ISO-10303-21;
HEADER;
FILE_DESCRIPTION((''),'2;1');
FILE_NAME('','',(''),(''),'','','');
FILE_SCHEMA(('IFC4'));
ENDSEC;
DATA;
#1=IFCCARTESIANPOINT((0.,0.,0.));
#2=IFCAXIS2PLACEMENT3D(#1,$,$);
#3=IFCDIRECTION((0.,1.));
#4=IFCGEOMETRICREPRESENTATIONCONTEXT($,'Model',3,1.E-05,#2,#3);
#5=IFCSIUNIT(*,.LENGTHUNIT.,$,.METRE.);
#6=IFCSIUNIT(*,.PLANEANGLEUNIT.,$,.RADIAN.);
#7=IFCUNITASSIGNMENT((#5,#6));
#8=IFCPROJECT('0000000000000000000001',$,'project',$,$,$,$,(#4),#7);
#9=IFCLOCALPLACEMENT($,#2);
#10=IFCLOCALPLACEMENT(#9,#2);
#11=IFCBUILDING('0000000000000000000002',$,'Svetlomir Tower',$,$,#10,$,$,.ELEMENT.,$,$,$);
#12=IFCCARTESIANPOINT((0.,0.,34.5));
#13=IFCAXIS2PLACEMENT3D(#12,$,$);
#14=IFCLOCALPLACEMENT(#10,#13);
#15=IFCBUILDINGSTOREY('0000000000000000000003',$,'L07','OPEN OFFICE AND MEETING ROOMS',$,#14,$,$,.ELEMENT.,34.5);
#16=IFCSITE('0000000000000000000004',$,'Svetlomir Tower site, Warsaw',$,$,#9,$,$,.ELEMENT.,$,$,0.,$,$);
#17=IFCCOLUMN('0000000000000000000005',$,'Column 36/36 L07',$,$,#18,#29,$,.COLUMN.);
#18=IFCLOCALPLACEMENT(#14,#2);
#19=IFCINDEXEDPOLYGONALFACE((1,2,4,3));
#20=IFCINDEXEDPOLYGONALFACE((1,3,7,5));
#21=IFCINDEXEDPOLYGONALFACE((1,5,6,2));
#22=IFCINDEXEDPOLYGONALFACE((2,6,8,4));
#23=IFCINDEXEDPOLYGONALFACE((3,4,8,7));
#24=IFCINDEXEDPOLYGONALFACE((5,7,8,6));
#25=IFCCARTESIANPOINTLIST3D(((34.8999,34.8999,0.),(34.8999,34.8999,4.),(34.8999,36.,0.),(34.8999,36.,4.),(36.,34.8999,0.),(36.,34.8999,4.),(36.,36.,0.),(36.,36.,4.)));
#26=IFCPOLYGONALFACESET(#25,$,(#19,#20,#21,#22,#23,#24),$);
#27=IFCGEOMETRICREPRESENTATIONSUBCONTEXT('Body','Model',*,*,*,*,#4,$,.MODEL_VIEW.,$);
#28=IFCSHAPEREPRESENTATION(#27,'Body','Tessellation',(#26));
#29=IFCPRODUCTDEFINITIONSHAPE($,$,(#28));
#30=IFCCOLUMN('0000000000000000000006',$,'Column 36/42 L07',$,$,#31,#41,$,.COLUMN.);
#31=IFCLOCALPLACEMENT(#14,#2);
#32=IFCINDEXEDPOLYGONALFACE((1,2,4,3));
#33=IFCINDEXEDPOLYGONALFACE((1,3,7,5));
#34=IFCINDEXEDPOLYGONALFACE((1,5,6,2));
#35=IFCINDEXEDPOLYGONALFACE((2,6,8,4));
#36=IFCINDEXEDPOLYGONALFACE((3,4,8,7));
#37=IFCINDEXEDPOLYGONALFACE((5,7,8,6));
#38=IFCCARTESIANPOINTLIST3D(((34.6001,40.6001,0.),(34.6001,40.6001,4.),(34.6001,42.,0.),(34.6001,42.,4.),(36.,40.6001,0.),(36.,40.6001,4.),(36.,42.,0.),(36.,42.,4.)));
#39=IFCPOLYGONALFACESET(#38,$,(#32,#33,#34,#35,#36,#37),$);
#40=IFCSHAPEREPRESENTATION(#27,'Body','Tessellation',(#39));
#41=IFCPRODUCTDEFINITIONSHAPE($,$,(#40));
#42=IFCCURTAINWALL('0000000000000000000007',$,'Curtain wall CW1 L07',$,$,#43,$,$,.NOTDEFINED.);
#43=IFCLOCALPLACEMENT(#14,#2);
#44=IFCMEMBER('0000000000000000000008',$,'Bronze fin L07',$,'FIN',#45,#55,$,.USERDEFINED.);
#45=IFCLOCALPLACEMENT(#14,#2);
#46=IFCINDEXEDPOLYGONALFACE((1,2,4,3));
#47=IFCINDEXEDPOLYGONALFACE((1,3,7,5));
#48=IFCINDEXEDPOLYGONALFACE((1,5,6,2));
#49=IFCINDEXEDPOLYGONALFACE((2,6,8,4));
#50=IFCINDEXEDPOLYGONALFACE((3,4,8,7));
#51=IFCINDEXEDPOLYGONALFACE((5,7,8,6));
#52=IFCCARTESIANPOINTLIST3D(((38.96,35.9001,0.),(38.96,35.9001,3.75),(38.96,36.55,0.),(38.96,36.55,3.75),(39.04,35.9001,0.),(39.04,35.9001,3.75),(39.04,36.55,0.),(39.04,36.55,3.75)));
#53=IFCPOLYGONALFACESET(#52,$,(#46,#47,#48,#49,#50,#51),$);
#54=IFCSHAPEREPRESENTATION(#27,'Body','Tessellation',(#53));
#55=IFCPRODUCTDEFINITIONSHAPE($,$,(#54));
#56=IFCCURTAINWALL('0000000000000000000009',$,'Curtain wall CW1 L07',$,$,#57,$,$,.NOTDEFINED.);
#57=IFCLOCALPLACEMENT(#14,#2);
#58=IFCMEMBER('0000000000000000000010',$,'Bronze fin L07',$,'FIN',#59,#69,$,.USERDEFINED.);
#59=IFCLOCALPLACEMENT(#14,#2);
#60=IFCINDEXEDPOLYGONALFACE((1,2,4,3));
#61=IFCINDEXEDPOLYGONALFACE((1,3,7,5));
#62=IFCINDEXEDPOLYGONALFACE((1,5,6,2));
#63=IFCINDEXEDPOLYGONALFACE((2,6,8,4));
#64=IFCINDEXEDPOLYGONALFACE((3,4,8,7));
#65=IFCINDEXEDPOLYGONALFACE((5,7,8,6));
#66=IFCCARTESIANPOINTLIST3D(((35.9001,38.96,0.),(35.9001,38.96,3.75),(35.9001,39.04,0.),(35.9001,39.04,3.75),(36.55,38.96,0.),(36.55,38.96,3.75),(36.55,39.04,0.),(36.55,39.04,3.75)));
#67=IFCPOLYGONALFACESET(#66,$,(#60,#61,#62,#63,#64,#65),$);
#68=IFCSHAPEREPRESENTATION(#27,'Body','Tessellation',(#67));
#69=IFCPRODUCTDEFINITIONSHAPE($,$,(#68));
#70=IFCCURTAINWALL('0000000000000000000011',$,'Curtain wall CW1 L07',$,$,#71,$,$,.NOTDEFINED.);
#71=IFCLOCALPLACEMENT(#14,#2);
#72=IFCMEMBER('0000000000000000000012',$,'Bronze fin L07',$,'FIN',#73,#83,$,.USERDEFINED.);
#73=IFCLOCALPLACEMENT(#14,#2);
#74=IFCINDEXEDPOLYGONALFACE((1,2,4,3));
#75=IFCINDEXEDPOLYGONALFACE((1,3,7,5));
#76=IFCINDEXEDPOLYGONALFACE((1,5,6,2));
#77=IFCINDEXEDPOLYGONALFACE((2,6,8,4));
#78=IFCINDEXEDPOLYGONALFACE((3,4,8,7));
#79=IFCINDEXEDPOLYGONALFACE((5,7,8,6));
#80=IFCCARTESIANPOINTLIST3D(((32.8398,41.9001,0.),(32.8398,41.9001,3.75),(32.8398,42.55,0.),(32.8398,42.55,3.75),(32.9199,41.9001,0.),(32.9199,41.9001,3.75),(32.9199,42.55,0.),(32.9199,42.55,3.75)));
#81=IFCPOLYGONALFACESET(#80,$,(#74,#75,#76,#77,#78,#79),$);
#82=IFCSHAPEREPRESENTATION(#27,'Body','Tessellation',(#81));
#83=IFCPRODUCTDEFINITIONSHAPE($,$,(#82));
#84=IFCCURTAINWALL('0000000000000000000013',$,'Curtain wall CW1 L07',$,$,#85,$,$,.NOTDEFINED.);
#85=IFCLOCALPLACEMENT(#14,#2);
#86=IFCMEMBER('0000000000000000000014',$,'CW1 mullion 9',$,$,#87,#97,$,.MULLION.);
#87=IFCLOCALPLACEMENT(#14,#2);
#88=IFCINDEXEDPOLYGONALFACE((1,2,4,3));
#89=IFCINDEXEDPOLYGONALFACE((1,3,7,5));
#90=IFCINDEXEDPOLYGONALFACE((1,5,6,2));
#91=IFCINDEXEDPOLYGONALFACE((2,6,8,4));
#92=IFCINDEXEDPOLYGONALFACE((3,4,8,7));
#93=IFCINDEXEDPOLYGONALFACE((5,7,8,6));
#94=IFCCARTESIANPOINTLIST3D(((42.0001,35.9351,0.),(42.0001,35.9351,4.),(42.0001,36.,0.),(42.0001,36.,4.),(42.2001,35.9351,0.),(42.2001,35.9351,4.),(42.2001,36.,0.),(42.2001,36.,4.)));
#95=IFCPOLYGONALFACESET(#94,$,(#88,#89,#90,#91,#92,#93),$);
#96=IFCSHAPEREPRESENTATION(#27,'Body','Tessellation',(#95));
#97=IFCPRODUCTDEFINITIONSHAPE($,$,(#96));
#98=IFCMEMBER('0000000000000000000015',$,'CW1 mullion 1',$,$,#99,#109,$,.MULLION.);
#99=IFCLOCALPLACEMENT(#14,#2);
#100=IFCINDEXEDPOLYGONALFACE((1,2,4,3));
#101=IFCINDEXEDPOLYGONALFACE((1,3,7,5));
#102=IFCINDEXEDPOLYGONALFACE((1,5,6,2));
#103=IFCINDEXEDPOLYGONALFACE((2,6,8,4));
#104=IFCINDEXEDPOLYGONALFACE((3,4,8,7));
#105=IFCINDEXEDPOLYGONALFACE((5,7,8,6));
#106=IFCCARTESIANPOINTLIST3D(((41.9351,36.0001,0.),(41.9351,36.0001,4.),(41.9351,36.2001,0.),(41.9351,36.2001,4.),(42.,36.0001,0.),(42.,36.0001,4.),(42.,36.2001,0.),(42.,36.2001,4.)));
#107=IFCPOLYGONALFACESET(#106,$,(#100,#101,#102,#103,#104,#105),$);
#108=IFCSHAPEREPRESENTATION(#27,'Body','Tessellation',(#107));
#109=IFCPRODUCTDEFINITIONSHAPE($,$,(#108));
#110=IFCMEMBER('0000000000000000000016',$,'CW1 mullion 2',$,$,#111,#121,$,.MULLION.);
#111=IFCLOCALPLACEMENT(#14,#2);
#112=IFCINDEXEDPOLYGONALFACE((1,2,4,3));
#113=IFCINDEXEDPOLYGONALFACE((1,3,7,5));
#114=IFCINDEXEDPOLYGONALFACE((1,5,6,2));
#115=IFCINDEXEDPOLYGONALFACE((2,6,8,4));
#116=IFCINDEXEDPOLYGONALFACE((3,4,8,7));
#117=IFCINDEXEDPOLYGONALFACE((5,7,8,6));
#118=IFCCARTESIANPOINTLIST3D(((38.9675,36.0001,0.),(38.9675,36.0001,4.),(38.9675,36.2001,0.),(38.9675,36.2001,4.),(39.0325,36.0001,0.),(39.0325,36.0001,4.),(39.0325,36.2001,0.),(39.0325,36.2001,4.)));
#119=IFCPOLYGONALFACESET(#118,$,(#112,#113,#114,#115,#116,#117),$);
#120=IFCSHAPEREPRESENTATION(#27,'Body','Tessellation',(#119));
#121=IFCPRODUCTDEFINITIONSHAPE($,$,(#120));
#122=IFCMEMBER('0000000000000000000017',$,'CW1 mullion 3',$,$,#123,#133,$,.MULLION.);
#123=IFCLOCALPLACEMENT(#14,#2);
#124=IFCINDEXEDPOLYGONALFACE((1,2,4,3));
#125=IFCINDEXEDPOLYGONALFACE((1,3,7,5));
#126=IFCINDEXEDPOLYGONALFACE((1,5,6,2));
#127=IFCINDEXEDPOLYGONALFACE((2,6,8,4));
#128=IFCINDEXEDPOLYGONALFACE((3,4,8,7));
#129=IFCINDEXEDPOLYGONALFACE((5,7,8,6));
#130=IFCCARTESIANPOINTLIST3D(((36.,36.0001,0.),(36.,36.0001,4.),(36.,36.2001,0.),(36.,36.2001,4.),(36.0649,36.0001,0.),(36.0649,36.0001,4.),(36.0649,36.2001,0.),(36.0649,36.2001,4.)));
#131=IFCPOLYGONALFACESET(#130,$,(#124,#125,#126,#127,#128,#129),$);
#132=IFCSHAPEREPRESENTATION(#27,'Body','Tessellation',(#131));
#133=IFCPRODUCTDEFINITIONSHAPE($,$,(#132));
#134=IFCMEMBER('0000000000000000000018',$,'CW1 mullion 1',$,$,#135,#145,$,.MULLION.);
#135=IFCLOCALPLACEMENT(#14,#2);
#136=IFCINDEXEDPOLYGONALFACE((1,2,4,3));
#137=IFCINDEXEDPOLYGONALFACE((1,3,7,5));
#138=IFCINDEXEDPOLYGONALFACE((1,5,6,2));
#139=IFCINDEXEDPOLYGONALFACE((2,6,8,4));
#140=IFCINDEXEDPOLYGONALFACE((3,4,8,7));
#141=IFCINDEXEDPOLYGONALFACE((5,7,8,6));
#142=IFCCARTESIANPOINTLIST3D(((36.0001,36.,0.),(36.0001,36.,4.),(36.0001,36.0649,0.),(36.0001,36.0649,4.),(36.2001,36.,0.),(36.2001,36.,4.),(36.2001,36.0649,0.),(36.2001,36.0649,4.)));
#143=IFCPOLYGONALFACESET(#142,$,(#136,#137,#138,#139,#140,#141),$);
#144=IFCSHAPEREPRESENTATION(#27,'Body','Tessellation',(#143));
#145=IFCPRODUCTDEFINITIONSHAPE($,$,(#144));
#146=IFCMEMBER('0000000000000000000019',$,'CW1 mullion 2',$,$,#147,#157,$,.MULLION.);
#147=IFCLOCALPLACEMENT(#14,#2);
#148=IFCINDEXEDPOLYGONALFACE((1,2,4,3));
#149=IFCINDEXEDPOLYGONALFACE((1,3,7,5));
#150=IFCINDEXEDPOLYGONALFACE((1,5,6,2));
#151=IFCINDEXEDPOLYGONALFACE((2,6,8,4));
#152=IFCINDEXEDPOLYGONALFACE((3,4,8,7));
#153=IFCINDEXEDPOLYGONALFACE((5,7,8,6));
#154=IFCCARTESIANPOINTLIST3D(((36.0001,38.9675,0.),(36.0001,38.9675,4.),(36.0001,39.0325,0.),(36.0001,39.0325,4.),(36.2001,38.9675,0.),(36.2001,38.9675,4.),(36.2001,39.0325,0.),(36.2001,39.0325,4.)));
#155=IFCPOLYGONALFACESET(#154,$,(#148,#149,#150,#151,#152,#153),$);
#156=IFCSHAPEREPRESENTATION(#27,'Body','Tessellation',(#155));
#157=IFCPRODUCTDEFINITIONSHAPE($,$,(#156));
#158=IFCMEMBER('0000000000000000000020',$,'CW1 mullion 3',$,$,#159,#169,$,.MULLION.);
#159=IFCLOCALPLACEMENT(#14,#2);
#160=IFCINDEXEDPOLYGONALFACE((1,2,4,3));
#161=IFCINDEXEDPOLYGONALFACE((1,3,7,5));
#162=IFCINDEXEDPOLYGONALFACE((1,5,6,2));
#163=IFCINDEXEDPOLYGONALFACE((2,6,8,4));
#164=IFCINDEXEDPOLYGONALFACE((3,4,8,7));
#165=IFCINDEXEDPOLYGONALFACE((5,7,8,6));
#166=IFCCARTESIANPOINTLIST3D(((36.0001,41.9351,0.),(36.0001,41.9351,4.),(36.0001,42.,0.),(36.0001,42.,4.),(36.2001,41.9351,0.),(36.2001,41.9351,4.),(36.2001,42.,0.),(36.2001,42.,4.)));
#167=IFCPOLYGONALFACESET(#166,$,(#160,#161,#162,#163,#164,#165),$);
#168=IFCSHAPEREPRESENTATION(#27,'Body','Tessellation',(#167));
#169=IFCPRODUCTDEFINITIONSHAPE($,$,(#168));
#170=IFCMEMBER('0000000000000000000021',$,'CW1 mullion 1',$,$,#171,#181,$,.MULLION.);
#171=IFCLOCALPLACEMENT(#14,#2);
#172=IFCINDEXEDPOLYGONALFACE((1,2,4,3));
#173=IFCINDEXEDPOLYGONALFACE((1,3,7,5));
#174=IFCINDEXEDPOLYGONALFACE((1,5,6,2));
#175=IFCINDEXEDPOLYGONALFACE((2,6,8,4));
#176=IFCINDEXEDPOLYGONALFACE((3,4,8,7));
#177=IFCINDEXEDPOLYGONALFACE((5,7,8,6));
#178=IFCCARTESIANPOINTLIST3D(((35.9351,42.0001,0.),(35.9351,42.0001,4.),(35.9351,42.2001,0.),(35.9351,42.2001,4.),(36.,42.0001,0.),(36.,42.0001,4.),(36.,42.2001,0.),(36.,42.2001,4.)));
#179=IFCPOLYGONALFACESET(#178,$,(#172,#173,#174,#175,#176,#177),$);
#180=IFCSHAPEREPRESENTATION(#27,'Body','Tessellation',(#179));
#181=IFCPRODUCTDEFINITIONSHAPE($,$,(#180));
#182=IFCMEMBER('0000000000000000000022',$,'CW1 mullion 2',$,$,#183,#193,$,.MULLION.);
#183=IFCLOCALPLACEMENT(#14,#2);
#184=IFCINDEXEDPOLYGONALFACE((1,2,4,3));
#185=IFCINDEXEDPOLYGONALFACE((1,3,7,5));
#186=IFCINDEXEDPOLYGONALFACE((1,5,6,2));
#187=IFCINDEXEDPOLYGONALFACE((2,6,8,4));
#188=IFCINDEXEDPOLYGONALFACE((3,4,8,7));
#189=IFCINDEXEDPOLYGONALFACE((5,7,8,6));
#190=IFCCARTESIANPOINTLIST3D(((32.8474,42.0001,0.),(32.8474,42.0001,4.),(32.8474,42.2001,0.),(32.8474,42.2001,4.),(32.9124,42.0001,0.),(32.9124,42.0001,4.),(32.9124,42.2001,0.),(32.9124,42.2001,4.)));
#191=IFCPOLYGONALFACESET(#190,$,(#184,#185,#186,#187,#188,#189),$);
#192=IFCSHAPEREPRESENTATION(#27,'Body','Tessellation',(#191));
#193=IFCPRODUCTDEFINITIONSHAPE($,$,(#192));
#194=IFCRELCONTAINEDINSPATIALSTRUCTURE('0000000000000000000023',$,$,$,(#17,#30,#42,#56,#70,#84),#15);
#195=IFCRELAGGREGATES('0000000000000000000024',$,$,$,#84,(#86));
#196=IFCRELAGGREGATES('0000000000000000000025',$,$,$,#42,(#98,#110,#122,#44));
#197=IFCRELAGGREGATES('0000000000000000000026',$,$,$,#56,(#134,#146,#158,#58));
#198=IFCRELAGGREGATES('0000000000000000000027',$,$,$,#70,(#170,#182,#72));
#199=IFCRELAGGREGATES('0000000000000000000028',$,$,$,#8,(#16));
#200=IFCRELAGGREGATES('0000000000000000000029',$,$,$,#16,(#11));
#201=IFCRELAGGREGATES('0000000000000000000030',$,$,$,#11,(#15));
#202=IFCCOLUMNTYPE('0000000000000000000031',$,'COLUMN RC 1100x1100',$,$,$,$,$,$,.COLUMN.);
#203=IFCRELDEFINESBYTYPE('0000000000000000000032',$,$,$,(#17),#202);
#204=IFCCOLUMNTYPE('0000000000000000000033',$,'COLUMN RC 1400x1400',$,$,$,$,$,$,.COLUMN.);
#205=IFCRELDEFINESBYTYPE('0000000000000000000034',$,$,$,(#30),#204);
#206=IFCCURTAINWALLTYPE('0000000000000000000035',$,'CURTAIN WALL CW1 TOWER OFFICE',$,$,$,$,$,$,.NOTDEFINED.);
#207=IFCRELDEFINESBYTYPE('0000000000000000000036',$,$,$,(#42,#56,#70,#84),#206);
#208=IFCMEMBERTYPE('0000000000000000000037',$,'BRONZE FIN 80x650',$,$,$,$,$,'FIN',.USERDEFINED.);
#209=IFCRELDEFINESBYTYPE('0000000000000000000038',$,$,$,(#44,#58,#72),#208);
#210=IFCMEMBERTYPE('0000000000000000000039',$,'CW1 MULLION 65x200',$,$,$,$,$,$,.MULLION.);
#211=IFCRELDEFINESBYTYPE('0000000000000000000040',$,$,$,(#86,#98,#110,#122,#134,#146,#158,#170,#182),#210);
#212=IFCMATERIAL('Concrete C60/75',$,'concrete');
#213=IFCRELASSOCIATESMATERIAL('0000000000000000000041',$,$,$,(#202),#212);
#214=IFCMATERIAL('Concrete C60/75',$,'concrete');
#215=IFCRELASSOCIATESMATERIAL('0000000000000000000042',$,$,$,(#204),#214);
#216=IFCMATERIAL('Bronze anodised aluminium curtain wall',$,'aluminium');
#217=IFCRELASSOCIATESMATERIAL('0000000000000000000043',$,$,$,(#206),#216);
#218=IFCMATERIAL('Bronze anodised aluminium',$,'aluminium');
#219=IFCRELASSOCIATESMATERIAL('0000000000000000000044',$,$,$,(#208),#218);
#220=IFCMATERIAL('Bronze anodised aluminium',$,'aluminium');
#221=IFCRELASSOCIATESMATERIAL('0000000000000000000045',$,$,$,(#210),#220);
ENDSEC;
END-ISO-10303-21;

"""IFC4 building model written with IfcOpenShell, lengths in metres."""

from ifc_helpers import new_model, si_unit, direction, frame, origin, origin_2d, place, context, subcontext, project, spatial, rectangle, extrude, material, material_profile, profile_set, type_object, element, aggregate, save


model = new_model("IFC4")

# Units and contexts
model_context = context("Model", 3, precision=1e-05, world=origin(), true_north=direction((0.0, 1.0)))
body_context = subcontext(model_context, "Body", "Model", "MODEL_VIEW")
ifc_project = project(units=[si_unit("LENGTHUNIT", "METRE"), si_unit("PLANEANGLEUNIT", "RADIAN")], contexts=[model_context])

# Site, building, storey
site_placement = place(None, origin())
site = spatial("IfcSite", under=ifc_project, at=site_placement, Name="Svetlomir Tower site, Warsaw", CompositionType="ELEMENT", RefElevation=0.0)
building_placement = place(site_placement, origin())
building = spatial("IfcBuilding", under=site, at=building_placement, Name="Svetlomir Tower", CompositionType="ELEMENT")
storey_placement = place(building_placement, frame((0.0, 0.0, 34.5)))
storey = spatial("IfcBuildingStorey", under=building, at=storey_placement, Name="L07", Description="OPEN OFFICE AND MEETING ROOMS", CompositionType="ELEMENT", Elevation=34.5)

# Columns
ifc_material_1 = material(Name="Concrete C60/75", Category="concrete")
ifc_material_profile_1 = material_profile(ifc_material_1, rectangle(XDim=1.1001, YDim=1.1001, at=origin_2d()), Name="RC 1100x1100")
ifc_profile_set_1 = profile_set([ifc_material_profile_1], Name="Concrete C60/75")
column_type_1 = type_object("IfcColumnType", Name="COLUMN RC 1100x1100", PredefinedType="COLUMN", material=ifc_profile_set_1)
column_1_placement = place(storey_placement, frame((35.45, 35.45, 0.0), z_axis=(0.0, 0.0, 1.0), x_axis=(1.0, 0.0, 0.0)))
element("IfcColumn", 1, at=column_1_placement, inside=storey, type_object=column_type_1, Name="Column 36/36 L07", PredefinedType="COLUMN", context=body_context, shape_type="SweptSolid", body=[
    extrude(rectangle(XDim=1.1001, YDim=1.1001, at=origin_2d()), origin(), (0.0, 0.0, 1.0), 4.0),
])
ifc_material_2 = material(Name="Concrete C60/75", Category="concrete")
ifc_material_profile_2 = material_profile(ifc_material_2, rectangle(XDim=1.3999, YDim=1.3999, at=origin_2d()), Name="RC 1400x1400")
ifc_profile_set_2 = profile_set([ifc_material_profile_2], Name="Concrete C60/75")
column_type_2 = type_object("IfcColumnType", Name="COLUMN RC 1400x1400", PredefinedType="COLUMN", material=ifc_profile_set_2)
column_2_placement = place(storey_placement, frame((35.3, 41.3, 0.0), z_axis=(0.0, 0.0, 1.0), x_axis=(1.0, 0.0, 0.0)))
element("IfcColumn", 2, at=column_2_placement, inside=storey, type_object=column_type_2, Name="Column 36/42 L07", PredefinedType="COLUMN", context=body_context, shape_type="SweptSolid", body=[
    extrude(rectangle(XDim=1.3999, YDim=1.3999, at=origin_2d()), origin(), (0.0, 0.0, 1.0), 4.0),
])

# Curtain walls, members
ifc_material_3 = material(Name="Bronze anodised aluminium curtain wall", Category="aluminium")
curtain_wall_type = type_object("IfcCurtainWallType", Name="CURTAIN WALL CW1 TOWER OFFICE", PredefinedType="NOTDEFINED", material=ifc_material_3)
curtain_wall_1_placement = place(storey_placement, origin())
curtain_wall_1 = element("IfcCurtainWall", 3, at=curtain_wall_1_placement, inside=storey, type_object=curtain_wall_type, Name="Curtain wall CW1 L07", PredefinedType="NOTDEFINED")
ifc_material_4 = material(Name="Bronze anodised aluminium", Category="aluminium")
ifc_material_profile_3 = material_profile(ifc_material_4, rectangle(XDim=0.0801, YDim=0.6499, at=origin_2d()), Name="FIN 80x650")
ifc_profile_set_3 = profile_set([ifc_material_profile_3], Name="Bronze anodised aluminium 6063-T6")
member_type_1 = type_object("IfcMemberType", Name="BRONZE FIN 80x650", ElementType="FIN", PredefinedType="USERDEFINED", material=ifc_profile_set_3)
member_1_placement = place(storey_placement, frame((39.0, 36.2251, 0.0), z_axis=(0.0, 0.0, 1.0), x_axis=(1.0, 0.0, 0.0)))
member_1 = element("IfcMember", 4, at=member_1_placement, type_object=member_type_1, Name="Bronze fin L07", ObjectType="FIN", PredefinedType="USERDEFINED", context=body_context, shape_type="SweptSolid", body=[
    extrude(rectangle(XDim=0.0801, YDim=0.6499, at=origin_2d()), origin(), (0.0, 0.0, 1.0), 3.75),
])
curtain_wall_2_placement = place(storey_placement, origin())
curtain_wall_2 = element("IfcCurtainWall", 5, at=curtain_wall_2_placement, inside=storey, type_object=curtain_wall_type, Name="Curtain wall CW1 L07", PredefinedType="NOTDEFINED")
member_2_placement = place(storey_placement, frame((36.2251, 39.0, 0.0), z_axis=(0.0, 0.0, 1.0), x_axis=(0.0, 1.0, 0.0)))
member_2 = element("IfcMember", 6, at=member_2_placement, type_object=member_type_1, Name="Bronze fin L07", ObjectType="FIN", PredefinedType="USERDEFINED", context=body_context, shape_type="SweptSolid", body=[
    extrude(rectangle(XDim=0.0801, YDim=0.6499, at=origin_2d()), origin(), (0.0, 0.0, 1.0), 3.75),
])
curtain_wall_3_placement = place(storey_placement, origin())
curtain_wall_3 = element("IfcCurtainWall", 7, at=curtain_wall_3_placement, inside=storey, type_object=curtain_wall_type, Name="Curtain wall CW1 L07", PredefinedType="NOTDEFINED")
member_3_placement = place(storey_placement, frame((32.8799, 42.2251, 0.0), z_axis=(0.0, 0.0, 1.0), x_axis=(1.0, 0.0, 0.0)))
member_3 = element("IfcMember", 8, at=member_3_placement, type_object=member_type_1, Name="Bronze fin L07", ObjectType="FIN", PredefinedType="USERDEFINED", context=body_context, shape_type="SweptSolid", body=[
    extrude(rectangle(XDim=0.0801, YDim=0.6499, at=origin_2d()), origin(), (0.0, 0.0, 1.0), 3.75),
])
curtain_wall_4_placement = place(storey_placement, origin())
curtain_wall_4 = element("IfcCurtainWall", 9, at=curtain_wall_4_placement, inside=storey, type_object=curtain_wall_type, Name="Curtain wall CW1 L07", PredefinedType="NOTDEFINED")
ifc_material_5 = material(Name="Bronze anodised aluminium", Category="aluminium")
ifc_material_profile_4 = material_profile(ifc_material_5, rectangle(XDim=0.0649, YDim=0.2, at=origin_2d()), Name="AL 65x200")
ifc_profile_set_4 = profile_set([ifc_material_profile_4], Name="Bronze anodised aluminium 6063-T6")
member_type_2 = type_object("IfcMemberType", Name="CW1 MULLION 65x200", PredefinedType="MULLION", material=ifc_profile_set_4)
member_4_placement = place(storey_placement, frame((42.1001, 35.9675, 0.0), z_axis=(0.0, 0.0, 1.0), x_axis=(0.0, 1.0, 0.0)))
member_4 = element("IfcMember", 10, at=member_4_placement, type_object=member_type_2, Name="CW1 mullion 9", PredefinedType="MULLION", context=body_context, shape_type="SweptSolid", body=[
    extrude(rectangle(XDim=0.0649, YDim=0.2, at=origin_2d()), origin(), (0.0, 0.0, 1.0), 4.0),
])
aggregate(curtain_wall_4, [member_4])

# Members
member_5_placement = place(storey_placement, frame((41.9675, 36.1001, 0.0), z_axis=(0.0, 0.0, 1.0), x_axis=(-1.0, 0.0, 0.0)))
member_5 = element("IfcMember", 11, at=member_5_placement, type_object=member_type_2, Name="CW1 mullion 1", PredefinedType="MULLION", context=body_context, shape_type="SweptSolid", body=[
    extrude(rectangle(XDim=0.0649, YDim=0.2, at=origin_2d()), origin(), (0.0, 0.0, 1.0), 4.0),
])
member_6_placement = place(storey_placement, frame((39.0, 36.1001, 0.0), z_axis=(0.0, 0.0, 1.0), x_axis=(-1.0, 0.0, 0.0)))
member_6 = element("IfcMember", 12, at=member_6_placement, type_object=member_type_2, Name="CW1 mullion 2", PredefinedType="MULLION", context=body_context, shape_type="SweptSolid", body=[
    extrude(rectangle(XDim=0.0649, YDim=0.2, at=origin_2d()), origin(), (0.0, 0.0, 1.0), 4.0),
])
member_7_placement = place(storey_placement, frame((36.0325, 36.1001, 0.0), z_axis=(0.0, 0.0, 1.0), x_axis=(-1.0, 0.0, 0.0)))
member_7 = element("IfcMember", 13, at=member_7_placement, type_object=member_type_2, Name="CW1 mullion 3", PredefinedType="MULLION", context=body_context, shape_type="SweptSolid", body=[
    extrude(rectangle(XDim=0.0649, YDim=0.2, at=origin_2d()), origin(), (0.0, 0.0, 1.0), 4.0),
])
member_8_placement = place(storey_placement, frame((36.1001, 36.0325, 0.0), z_axis=(0.0, 0.0, 1.0), x_axis=(0.0, 1.0, 0.0)))
member_8 = element("IfcMember", 14, at=member_8_placement, type_object=member_type_2, Name="CW1 mullion 1", PredefinedType="MULLION", context=body_context, shape_type="SweptSolid", body=[
    extrude(rectangle(XDim=0.0649, YDim=0.2, at=origin_2d()), origin(), (0.0, 0.0, 1.0), 4.0),
])
member_9_placement = place(storey_placement, frame((36.1001, 39.0, 0.0), z_axis=(0.0, 0.0, 1.0), x_axis=(0.0, 1.0, 0.0)))
member_9 = element("IfcMember", 15, at=member_9_placement, type_object=member_type_2, Name="CW1 mullion 2", PredefinedType="MULLION", context=body_context, shape_type="SweptSolid", body=[
    extrude(rectangle(XDim=0.0649, YDim=0.2, at=origin_2d()), origin(), (0.0, 0.0, 1.0), 4.0),
])
member_10_placement = place(storey_placement, frame((36.1001, 41.9675, 0.0), z_axis=(0.0, 0.0, 1.0), x_axis=(0.0, 1.0, 0.0)))
member_10 = element("IfcMember", 16, at=member_10_placement, type_object=member_type_2, Name="CW1 mullion 3", PredefinedType="MULLION", context=body_context, shape_type="SweptSolid", body=[
    extrude(rectangle(XDim=0.0649, YDim=0.2, at=origin_2d()), origin(), (0.0, 0.0, 1.0), 4.0),
])
member_11_placement = place(storey_placement, frame((35.9675, 42.1001, 0.0), z_axis=(0.0, 0.0, 1.0), x_axis=(-1.0, 0.0, 0.0)))
member_11 = element("IfcMember", 17, at=member_11_placement, type_object=member_type_2, Name="CW1 mullion 1", PredefinedType="MULLION", context=body_context, shape_type="SweptSolid", body=[
    extrude(rectangle(XDim=0.0649, YDim=0.2, at=origin_2d()), origin(), (0.0, 0.0, 1.0), 4.0),
])
member_12_placement = place(storey_placement, frame((32.8799, 42.1001, 0.0), z_axis=(0.0, 0.0, 1.0), x_axis=(-1.0, 0.0, 0.0)))
member_12 = element("IfcMember", 18, at=member_12_placement, type_object=member_type_2, Name="CW1 mullion 2", PredefinedType="MULLION", context=body_context, shape_type="SweptSolid", body=[
    extrude(rectangle(XDim=0.0649, YDim=0.2, at=origin_2d()), origin(), (0.0, 0.0, 1.0), 4.0),
])

aggregate(curtain_wall_1, [member_5, member_6, member_7, member_1])
aggregate(curtain_wall_2, [member_8, member_9, member_10, member_2])
aggregate(curtain_wall_3, [member_11, member_12, member_3])

save(model, "model.ifc")
